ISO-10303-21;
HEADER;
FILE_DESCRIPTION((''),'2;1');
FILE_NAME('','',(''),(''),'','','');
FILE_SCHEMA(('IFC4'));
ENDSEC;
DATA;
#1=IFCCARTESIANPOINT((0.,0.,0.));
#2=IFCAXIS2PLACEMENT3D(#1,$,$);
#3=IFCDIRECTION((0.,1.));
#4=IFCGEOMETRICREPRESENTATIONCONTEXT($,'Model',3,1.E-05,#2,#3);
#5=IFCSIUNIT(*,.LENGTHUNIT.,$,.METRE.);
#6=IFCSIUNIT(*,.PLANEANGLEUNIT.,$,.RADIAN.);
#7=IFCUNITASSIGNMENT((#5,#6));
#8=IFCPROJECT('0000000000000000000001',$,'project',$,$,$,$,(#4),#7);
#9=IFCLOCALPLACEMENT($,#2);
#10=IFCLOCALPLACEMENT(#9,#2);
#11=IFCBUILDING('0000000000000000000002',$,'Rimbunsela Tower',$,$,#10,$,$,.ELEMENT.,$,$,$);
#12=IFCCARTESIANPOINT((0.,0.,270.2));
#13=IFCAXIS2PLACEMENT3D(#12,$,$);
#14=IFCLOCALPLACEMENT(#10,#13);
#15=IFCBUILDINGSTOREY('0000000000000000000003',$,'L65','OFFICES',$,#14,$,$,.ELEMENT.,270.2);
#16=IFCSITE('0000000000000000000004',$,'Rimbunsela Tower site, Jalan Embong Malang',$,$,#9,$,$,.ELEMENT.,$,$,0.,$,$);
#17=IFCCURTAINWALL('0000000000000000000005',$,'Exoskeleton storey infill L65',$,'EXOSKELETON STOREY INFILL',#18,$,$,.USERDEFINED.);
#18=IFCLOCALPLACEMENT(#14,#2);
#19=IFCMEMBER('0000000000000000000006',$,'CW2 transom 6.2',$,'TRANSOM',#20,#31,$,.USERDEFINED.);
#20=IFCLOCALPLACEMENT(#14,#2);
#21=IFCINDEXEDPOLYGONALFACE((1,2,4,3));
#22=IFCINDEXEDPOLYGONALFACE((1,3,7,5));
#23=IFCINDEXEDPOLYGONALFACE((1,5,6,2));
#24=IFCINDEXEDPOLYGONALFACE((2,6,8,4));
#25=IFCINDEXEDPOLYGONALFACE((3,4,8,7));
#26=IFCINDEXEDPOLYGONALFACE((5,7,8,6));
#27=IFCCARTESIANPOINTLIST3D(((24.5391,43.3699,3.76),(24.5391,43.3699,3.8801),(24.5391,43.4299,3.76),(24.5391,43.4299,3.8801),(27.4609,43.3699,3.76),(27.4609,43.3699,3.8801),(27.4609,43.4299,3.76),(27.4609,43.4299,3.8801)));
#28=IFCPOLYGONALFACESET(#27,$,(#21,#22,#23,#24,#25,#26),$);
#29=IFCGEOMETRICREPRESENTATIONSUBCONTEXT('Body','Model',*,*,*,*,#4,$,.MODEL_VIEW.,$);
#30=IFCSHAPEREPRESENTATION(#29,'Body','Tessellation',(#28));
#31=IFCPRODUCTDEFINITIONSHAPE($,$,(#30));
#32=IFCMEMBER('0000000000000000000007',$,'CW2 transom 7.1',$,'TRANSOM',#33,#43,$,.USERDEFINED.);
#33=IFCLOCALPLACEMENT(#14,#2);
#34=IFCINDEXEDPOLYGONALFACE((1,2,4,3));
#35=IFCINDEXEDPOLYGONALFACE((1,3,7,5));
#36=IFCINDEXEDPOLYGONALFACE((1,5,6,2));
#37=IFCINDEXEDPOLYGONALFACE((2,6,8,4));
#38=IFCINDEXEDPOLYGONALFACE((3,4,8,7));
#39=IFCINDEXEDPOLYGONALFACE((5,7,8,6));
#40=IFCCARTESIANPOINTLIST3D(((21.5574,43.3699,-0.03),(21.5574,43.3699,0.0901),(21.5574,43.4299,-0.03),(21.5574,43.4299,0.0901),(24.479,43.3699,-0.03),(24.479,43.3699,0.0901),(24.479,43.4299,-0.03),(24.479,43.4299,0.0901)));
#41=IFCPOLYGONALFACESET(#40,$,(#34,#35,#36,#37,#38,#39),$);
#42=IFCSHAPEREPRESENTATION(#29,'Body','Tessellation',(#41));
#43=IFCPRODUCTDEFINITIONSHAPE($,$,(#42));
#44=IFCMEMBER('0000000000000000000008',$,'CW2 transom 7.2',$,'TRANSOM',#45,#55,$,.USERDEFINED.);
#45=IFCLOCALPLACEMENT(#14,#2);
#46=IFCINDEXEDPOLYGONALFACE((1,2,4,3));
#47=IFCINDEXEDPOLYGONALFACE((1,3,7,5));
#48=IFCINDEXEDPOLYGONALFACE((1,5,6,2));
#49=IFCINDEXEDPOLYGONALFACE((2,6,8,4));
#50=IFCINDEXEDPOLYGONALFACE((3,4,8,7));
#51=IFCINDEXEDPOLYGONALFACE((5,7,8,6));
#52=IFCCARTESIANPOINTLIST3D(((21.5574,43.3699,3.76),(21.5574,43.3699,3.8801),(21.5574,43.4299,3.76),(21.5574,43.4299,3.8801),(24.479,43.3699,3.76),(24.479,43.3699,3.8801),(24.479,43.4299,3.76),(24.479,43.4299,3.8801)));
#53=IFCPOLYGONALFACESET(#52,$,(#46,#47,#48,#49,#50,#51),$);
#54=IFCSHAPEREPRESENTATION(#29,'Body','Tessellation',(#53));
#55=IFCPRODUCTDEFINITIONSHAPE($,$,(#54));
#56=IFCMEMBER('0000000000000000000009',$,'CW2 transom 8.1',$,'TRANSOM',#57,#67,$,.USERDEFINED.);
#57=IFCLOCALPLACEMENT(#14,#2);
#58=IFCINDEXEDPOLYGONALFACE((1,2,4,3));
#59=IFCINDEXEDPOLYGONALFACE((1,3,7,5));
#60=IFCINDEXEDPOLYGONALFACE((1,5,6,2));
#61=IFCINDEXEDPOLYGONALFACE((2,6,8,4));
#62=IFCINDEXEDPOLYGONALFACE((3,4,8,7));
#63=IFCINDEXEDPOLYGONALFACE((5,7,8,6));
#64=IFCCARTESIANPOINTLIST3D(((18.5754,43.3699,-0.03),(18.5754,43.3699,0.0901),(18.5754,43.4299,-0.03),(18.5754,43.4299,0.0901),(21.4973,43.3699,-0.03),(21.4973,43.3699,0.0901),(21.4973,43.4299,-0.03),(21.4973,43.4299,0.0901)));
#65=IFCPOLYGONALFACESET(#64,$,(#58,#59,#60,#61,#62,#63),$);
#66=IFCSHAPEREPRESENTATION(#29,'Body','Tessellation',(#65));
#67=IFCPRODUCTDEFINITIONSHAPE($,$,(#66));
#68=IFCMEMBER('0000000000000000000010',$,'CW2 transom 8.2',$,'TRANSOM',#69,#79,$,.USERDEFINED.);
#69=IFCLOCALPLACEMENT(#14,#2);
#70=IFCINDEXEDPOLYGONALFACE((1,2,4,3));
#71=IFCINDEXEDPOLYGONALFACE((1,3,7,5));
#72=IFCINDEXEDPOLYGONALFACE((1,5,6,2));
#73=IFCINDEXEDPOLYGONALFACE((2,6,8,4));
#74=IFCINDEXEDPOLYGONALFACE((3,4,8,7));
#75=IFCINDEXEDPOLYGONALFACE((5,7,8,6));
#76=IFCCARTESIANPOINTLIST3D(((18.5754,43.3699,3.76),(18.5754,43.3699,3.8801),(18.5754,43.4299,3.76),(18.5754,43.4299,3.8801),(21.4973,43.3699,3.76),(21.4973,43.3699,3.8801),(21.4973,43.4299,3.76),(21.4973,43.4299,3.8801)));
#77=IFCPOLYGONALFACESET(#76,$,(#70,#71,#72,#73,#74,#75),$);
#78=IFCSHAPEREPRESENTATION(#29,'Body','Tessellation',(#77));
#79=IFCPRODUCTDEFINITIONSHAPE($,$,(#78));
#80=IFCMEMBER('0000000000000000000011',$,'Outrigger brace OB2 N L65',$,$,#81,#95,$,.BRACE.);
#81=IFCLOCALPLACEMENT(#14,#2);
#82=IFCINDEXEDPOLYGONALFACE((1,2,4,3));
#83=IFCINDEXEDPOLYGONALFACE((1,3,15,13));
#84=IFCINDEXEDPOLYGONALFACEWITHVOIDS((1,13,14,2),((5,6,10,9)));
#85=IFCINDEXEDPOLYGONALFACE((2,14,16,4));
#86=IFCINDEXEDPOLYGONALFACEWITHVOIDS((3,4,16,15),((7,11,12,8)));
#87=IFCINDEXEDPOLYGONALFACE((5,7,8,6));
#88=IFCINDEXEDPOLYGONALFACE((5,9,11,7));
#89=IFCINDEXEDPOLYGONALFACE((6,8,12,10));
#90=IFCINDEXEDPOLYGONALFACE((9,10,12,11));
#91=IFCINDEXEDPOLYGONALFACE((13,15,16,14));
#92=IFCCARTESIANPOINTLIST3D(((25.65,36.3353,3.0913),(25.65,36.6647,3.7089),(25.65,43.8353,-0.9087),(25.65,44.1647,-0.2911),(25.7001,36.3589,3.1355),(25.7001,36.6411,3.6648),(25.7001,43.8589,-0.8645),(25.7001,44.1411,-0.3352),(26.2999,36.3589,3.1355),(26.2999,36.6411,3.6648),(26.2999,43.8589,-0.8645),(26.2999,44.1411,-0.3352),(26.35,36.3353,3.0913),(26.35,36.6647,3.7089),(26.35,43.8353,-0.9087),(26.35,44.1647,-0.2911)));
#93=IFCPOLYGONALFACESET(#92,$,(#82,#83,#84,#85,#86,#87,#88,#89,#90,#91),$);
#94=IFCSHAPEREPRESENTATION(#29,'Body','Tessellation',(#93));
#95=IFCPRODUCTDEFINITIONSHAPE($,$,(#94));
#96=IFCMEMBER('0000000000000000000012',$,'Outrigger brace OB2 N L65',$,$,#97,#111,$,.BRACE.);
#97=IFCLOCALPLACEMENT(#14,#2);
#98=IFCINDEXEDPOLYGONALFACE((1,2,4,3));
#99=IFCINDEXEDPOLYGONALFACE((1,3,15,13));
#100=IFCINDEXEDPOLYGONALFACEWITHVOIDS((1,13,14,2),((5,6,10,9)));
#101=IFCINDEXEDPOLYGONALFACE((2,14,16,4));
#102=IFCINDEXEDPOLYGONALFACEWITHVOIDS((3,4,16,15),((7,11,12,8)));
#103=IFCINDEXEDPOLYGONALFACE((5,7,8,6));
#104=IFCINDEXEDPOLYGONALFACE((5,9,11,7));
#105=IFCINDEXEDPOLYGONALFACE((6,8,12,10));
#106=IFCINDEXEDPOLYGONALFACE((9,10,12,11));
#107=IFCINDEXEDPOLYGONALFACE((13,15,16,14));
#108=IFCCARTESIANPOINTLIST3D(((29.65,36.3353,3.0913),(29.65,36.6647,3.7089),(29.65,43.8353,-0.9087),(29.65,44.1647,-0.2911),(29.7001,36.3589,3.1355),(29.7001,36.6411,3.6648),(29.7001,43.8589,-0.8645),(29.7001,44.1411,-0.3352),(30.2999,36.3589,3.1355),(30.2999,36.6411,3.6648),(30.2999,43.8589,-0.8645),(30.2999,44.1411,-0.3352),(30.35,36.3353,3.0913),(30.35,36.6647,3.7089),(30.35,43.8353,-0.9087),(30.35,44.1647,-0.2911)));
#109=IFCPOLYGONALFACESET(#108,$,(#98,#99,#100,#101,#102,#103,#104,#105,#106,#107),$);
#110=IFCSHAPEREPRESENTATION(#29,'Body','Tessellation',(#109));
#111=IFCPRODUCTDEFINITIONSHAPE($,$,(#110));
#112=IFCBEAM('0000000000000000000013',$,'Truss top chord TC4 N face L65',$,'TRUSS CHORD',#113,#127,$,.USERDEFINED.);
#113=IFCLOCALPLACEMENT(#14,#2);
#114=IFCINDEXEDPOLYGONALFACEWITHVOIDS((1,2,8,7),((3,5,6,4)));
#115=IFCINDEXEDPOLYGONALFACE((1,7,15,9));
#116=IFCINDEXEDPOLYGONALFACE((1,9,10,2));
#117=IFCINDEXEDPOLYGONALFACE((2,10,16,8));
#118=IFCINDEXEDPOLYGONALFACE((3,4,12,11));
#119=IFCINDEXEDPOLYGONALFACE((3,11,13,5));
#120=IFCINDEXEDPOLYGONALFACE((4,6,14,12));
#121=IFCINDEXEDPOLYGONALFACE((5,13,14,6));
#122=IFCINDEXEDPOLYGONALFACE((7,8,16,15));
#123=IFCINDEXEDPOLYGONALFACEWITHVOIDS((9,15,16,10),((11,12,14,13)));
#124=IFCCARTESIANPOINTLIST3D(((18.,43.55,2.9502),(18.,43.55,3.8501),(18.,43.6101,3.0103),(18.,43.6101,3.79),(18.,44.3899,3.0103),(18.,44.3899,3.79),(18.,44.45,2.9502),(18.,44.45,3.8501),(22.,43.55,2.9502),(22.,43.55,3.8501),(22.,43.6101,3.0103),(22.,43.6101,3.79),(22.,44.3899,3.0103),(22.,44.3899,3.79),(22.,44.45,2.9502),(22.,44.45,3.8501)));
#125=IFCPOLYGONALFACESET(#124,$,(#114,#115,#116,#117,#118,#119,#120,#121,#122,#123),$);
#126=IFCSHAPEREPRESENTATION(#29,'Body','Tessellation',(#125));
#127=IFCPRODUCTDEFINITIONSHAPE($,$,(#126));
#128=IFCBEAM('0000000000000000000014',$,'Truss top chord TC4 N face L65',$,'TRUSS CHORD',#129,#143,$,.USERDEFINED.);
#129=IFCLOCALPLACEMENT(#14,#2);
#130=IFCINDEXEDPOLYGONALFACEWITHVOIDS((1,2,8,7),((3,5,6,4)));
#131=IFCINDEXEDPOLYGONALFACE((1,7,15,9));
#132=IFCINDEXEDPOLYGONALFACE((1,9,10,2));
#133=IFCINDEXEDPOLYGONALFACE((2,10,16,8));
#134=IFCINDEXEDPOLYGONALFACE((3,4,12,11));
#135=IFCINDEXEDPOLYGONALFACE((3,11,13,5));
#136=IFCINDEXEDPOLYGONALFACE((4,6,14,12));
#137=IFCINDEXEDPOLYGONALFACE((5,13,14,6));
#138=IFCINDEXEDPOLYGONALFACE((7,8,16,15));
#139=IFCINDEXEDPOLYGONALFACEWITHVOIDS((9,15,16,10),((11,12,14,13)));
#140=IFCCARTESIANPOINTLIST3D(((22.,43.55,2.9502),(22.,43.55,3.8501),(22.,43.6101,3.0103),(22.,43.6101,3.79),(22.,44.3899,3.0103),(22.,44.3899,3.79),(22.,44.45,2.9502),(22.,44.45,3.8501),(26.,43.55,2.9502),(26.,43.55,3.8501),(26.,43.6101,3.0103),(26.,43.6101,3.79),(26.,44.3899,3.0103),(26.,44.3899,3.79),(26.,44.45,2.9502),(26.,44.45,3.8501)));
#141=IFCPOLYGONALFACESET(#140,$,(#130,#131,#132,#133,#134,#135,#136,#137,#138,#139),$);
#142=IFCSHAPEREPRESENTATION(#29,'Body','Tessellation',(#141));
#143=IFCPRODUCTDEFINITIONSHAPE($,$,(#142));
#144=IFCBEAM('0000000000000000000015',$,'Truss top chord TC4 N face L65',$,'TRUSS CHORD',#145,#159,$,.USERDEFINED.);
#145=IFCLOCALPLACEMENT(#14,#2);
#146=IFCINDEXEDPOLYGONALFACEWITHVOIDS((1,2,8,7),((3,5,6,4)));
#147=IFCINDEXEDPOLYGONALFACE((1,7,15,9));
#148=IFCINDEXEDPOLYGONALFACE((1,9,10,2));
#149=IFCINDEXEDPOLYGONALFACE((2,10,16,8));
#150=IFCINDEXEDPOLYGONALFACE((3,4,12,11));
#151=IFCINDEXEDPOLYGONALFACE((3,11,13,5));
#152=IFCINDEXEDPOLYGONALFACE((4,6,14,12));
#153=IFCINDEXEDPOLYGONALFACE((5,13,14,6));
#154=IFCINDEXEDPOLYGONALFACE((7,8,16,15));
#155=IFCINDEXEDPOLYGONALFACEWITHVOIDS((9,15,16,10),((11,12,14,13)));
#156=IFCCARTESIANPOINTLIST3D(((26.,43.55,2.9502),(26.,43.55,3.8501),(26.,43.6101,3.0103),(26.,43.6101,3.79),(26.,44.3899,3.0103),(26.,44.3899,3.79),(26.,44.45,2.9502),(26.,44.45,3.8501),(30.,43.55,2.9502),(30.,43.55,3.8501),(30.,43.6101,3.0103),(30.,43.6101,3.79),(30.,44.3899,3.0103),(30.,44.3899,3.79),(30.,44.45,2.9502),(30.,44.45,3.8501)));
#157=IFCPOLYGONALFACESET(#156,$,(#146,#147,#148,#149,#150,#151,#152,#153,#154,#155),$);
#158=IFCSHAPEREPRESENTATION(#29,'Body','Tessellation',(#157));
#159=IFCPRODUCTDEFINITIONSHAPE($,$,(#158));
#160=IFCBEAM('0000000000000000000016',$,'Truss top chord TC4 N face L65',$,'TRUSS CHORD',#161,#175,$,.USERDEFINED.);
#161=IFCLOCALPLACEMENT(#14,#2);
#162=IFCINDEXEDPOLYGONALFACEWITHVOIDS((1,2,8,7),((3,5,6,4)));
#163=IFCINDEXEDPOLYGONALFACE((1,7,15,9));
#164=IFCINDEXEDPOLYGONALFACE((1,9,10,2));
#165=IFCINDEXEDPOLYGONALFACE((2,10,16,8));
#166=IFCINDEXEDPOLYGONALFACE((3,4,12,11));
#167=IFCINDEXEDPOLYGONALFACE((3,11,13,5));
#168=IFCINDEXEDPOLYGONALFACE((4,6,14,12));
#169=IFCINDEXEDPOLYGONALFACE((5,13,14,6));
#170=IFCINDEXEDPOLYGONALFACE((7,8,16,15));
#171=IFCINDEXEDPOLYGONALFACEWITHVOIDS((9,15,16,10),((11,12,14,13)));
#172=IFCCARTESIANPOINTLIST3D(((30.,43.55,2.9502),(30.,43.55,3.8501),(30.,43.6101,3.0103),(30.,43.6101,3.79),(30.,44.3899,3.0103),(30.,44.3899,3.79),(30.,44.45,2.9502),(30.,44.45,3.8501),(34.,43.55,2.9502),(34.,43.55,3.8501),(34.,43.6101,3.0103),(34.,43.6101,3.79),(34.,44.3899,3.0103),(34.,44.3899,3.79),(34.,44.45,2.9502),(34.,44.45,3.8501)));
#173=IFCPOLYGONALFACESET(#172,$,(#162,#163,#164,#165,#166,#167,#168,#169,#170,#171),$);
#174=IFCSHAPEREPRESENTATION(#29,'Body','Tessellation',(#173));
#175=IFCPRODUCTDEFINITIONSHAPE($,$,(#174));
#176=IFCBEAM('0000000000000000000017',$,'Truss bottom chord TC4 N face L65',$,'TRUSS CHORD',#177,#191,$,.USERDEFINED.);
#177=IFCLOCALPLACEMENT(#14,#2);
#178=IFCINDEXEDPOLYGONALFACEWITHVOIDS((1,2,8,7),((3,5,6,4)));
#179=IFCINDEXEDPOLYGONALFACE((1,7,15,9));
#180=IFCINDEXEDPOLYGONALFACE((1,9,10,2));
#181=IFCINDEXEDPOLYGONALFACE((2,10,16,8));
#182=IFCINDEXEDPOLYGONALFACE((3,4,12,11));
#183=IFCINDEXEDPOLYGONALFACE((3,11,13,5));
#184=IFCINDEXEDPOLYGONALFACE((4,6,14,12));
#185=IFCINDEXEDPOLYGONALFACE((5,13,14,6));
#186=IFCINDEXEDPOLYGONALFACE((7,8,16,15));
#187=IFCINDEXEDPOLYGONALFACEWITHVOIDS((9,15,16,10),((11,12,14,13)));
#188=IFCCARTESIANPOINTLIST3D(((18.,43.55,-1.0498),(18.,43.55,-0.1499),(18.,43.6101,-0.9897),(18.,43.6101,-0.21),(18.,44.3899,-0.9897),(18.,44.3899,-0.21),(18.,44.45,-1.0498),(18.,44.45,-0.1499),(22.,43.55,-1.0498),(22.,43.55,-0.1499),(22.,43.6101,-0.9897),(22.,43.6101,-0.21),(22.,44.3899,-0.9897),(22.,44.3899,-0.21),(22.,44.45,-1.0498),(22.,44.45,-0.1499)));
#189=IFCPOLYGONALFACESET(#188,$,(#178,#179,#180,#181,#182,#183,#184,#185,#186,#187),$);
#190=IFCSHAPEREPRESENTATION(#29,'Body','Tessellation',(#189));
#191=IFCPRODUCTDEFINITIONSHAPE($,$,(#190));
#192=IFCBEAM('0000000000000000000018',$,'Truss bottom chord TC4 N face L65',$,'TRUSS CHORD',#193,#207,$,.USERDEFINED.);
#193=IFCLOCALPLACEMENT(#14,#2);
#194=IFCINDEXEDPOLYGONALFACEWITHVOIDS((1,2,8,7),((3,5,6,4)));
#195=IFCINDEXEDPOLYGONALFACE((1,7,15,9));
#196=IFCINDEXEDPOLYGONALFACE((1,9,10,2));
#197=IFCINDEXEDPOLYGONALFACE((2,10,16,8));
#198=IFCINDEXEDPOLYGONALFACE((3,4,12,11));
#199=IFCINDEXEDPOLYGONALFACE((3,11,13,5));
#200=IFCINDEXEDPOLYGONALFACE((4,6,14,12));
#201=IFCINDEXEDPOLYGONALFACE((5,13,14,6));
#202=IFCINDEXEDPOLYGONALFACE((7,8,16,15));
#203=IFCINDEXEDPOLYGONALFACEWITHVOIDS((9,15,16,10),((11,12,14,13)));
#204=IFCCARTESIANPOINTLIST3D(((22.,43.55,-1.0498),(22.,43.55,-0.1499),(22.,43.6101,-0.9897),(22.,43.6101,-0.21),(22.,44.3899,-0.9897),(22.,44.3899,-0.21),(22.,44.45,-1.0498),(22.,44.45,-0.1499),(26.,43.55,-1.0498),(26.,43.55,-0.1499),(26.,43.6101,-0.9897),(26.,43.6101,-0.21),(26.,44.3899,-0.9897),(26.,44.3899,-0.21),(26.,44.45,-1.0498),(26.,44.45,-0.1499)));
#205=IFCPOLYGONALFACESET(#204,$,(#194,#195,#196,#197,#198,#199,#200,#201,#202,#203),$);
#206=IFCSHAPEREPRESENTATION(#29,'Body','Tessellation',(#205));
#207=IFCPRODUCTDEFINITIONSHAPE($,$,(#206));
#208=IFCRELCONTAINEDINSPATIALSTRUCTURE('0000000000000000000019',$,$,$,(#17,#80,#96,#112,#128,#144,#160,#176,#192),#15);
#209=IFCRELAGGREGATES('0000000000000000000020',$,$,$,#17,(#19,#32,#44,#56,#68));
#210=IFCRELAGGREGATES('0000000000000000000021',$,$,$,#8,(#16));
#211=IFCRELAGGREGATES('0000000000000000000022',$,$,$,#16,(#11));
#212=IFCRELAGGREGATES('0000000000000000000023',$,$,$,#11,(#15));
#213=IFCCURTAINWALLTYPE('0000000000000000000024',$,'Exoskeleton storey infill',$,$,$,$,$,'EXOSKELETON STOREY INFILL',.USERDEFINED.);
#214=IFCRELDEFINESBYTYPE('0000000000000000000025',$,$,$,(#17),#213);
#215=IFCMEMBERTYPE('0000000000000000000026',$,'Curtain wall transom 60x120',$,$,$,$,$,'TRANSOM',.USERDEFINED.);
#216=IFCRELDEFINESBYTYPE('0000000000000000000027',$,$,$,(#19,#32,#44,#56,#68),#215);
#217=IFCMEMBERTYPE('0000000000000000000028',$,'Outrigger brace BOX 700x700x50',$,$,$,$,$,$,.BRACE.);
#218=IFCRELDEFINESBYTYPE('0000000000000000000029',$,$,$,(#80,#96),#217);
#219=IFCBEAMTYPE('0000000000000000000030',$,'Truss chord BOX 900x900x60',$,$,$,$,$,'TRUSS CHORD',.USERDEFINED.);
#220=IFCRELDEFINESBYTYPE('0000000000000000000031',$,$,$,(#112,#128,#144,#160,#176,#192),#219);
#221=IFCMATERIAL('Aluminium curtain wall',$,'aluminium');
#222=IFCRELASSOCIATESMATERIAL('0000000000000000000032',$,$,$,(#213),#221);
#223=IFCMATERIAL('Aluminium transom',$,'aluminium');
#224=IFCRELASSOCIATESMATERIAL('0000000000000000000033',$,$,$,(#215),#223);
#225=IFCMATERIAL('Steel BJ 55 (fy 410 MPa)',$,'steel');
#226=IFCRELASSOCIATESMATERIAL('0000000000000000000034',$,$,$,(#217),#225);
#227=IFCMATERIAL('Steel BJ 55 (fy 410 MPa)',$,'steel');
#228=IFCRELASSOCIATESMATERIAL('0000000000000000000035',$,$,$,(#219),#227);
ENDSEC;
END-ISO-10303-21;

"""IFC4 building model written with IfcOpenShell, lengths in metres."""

from ifc_helpers import new_model, si_unit, direction, frame, origin, origin_2d, place, context, subcontext, project, spatial, rectangle, hollow_rectangle, extrude, material, material_profile, profile_set, type_object, element, aggregate, save


model = new_model("IFC4")

# Units and contexts
model_context = context("Model", 3, precision=1e-05, world=origin(), true_north=direction((0.0, 1.0)))
body_context = subcontext(model_context, "Body", "Model", "MODEL_VIEW")
ifc_project = project(units=[si_unit("LENGTHUNIT", "METRE"), si_unit("PLANEANGLEUNIT", "RADIAN")], contexts=[model_context])

# Site, building, storey
site_placement = place(None, origin())
site = spatial("IfcSite", under=ifc_project, at=site_placement, Name="Rimbunsela Tower site, Jalan Embong Malang", CompositionType="ELEMENT", RefElevation=0.0)
building_placement = place(site_placement, origin())
building = spatial("IfcBuilding", under=site, at=building_placement, Name="Rimbunsela Tower", CompositionType="ELEMENT")
storey_placement = place(building_placement, frame((0.0, 0.0, 270.2)))
storey = spatial("IfcBuildingStorey", under=building, at=storey_placement, Name="L65", Description="OFFICES", CompositionType="ELEMENT", Elevation=270.2)

# Curtain wall, members
ifc_material_1 = material(Name="Aluminium curtain wall", Category="aluminium")
curtain_wall_type = type_object("IfcCurtainWallType", Name="Exoskeleton storey infill", ElementType="EXOSKELETON STOREY INFILL", PredefinedType="USERDEFINED", material=ifc_material_1)
curtain_wall_placement = place(storey_placement, origin())
curtain_wall = element("IfcCurtainWall", 1, at=curtain_wall_placement, inside=storey, type_object=curtain_wall_type, Name="Exoskeleton storey infill L65", ObjectType="EXOSKELETON STOREY INFILL", PredefinedType="USERDEFINED")
ifc_material_2 = material(Name="Aluminium transom", Category="aluminium")
ifc_material_profile_1 = material_profile(ifc_material_2, rectangle(XDim=0.0601, YDim=0.1201, at=origin_2d()), Name="Transom 60x120")
ifc_profile_set_1 = profile_set([ifc_material_profile_1], Name="Aluminium transom")
member_type_1 = type_object("IfcMemberType", Name="Curtain wall transom 60x120", ElementType="TRANSOM", PredefinedType="USERDEFINED", material=ifc_profile_set_1)
member_1_placement = place(storey_placement, frame((27.4609, 43.3999, 3.8201), z_axis=(-1.0, 0.0, 0.0), x_axis=(0.0, -1.0, 0.0)))
member_1 = element("IfcMember", 2, at=member_1_placement, type_object=member_type_1, Name="CW2 transom 6.2", ObjectType="TRANSOM", PredefinedType="USERDEFINED", context=body_context, shape_type="SweptSolid", body=[
    extrude(rectangle(XDim=0.0601, YDim=0.1201, at=origin_2d()), origin(), (0.0, 0.0, 1.0), 2.9219),
])
member_2_placement = place(storey_placement, frame((24.479, 43.3999, 0.03), z_axis=(-1.0, 0.0, 0.0), x_axis=(0.0, -1.0, 0.0)))
member_2 = element("IfcMember", 3, at=member_2_placement, type_object=member_type_1, Name="CW2 transom 7.1", ObjectType="TRANSOM", PredefinedType="USERDEFINED", context=body_context, shape_type="SweptSolid", body=[
    extrude(rectangle(XDim=0.0601, YDim=0.1201, at=origin_2d()), origin(), (0.0, 0.0, 1.0), 2.9216),
])
member_3_placement = place(storey_placement, frame((24.479, 43.3999, 3.8201), z_axis=(-1.0, 0.0, 0.0), x_axis=(0.0, -1.0, 0.0)))
member_3 = element("IfcMember", 4, at=member_3_placement, type_object=member_type_1, Name="CW2 transom 7.2", ObjectType="TRANSOM", PredefinedType="USERDEFINED", context=body_context, shape_type="SweptSolid", body=[
    extrude(rectangle(XDim=0.0601, YDim=0.1201, at=origin_2d()), origin(), (0.0, 0.0, 1.0), 2.9216),
])
member_4_placement = place(storey_placement, frame((21.4973, 43.3999, 0.03), z_axis=(-1.0, 0.0, 0.0), x_axis=(0.0, -1.0, 0.0)))
member_4 = element("IfcMember", 5, at=member_4_placement, type_object=member_type_1, Name="CW2 transom 8.1", ObjectType="TRANSOM", PredefinedType="USERDEFINED", context=body_context, shape_type="SweptSolid", body=[
    extrude(rectangle(XDim=0.0601, YDim=0.1201, at=origin_2d()), origin(), (0.0, 0.0, 1.0), 2.9219),
])
member_5_placement = place(storey_placement, frame((21.4973, 43.3999, 3.8201), z_axis=(-1.0, 0.0, 0.0), x_axis=(0.0, -1.0, 0.0)))
member_5 = element("IfcMember", 6, at=member_5_placement, type_object=member_type_1, Name="CW2 transom 8.2", ObjectType="TRANSOM", PredefinedType="USERDEFINED", context=body_context, shape_type="SweptSolid", body=[
    extrude(rectangle(XDim=0.0601, YDim=0.1201, at=origin_2d()), origin(), (0.0, 0.0, 1.0), 2.9219),
])

# Members
ifc_material_3 = material(Name="Steel BJ 55 (fy 410 MPa)", Category="steel")
ifc_material_profile_2 = material_profile(ifc_material_3, hollow_rectangle(XDim=0.7, YDim=0.7, WallThickness=0.05, at=origin_2d()), Name="BOX 700x700x50")
ifc_profile_set_2 = profile_set([ifc_material_profile_2], Name="Steel BJ 55 (fy 410 MPa)")
member_type_2 = type_object("IfcMemberType", Name="Outrigger brace BOX 700x700x50", PredefinedType="BRACE", material=ifc_profile_set_2)
for number, where, z_axis, x_axis, name in (
    (7, (26.0, 44.0, -0.5999), (0.0, -0.882353, 0.470588), (1.0, 0.0, 0.0), "Outrigger brace OB2 N L65"),
    (8, (30.0, 44.0, -0.5999), (0.0, -0.882353, 0.470588), (1.0, 0.0, 0.0), "Outrigger brace OB2 N L65"),
):
    element("IfcMember", number, at=place(storey_placement, frame(where, z_axis=z_axis, x_axis=x_axis)), inside=storey, type_object=member_type_2, Name=name, PredefinedType="BRACE", context=body_context, shape_type="SweptSolid", body=[
        extrude(hollow_rectangle(XDim=0.7, YDim=0.7, WallThickness=0.05, at=origin_2d()), origin(), (0.0, 0.0, 1.0), 8.5),
    ])

# Beams
ifc_material_4 = material(Name="Steel BJ 55 (fy 410 MPa)", Category="steel")
ifc_material_profile_3 = material_profile(ifc_material_4, hollow_rectangle(XDim=0.8999, YDim=0.8999, WallThickness=0.0601, at=origin_2d()), Name="BOX 900x900x60")
ifc_profile_set_3 = profile_set([ifc_material_profile_3], Name="Steel BJ 55 (fy 410 MPa)")
beam_type = type_object("IfcBeamType", Name="Truss chord BOX 900x900x60", ElementType="TRUSS CHORD", PredefinedType="USERDEFINED", material=ifc_profile_set_3)
for number, where, z_axis, x_axis, name in (
    (9, (18.0, 44.0, 3.4001), (1.0, 0.0, 0.0), (0.0, 1.0, 0.0), "Truss top chord TC4 N face L65"),
    (10, (22.0, 44.0, 3.4001), (1.0, 0.0, 0.0), (0.0, 1.0, 0.0), "Truss top chord TC4 N face L65"),
    (11, (26.0, 44.0, 3.4001), (1.0, 0.0, 0.0), (0.0, 1.0, 0.0), "Truss top chord TC4 N face L65"),
    (12, (30.0, 44.0, 3.4001), (1.0, 0.0, 0.0), (0.0, 1.0, 0.0), "Truss top chord TC4 N face L65"),
    (13, (18.0, 44.0, -0.5999), (1.0, 0.0, 0.0), (0.0, 1.0, 0.0), "Truss bottom chord TC4 N face L65"),
    (14, (22.0, 44.0, -0.5999), (1.0, 0.0, 0.0), (0.0, 1.0, 0.0), "Truss bottom chord TC4 N face L65"),
):
    element("IfcBeam", number, at=place(storey_placement, frame(where, z_axis=z_axis, x_axis=x_axis)), inside=storey, type_object=beam_type, Name=name, ObjectType="TRUSS CHORD", PredefinedType="USERDEFINED", context=body_context, shape_type="SweptSolid", body=[
        extrude(hollow_rectangle(XDim=0.8999, YDim=0.8999, WallThickness=0.0601, at=origin_2d()), origin(), (0.0, 0.0, 1.0), 4.0),
    ])

aggregate(curtain_wall, [member_1, member_2, member_3, member_4, member_5])

save(model, "model.ifc")
